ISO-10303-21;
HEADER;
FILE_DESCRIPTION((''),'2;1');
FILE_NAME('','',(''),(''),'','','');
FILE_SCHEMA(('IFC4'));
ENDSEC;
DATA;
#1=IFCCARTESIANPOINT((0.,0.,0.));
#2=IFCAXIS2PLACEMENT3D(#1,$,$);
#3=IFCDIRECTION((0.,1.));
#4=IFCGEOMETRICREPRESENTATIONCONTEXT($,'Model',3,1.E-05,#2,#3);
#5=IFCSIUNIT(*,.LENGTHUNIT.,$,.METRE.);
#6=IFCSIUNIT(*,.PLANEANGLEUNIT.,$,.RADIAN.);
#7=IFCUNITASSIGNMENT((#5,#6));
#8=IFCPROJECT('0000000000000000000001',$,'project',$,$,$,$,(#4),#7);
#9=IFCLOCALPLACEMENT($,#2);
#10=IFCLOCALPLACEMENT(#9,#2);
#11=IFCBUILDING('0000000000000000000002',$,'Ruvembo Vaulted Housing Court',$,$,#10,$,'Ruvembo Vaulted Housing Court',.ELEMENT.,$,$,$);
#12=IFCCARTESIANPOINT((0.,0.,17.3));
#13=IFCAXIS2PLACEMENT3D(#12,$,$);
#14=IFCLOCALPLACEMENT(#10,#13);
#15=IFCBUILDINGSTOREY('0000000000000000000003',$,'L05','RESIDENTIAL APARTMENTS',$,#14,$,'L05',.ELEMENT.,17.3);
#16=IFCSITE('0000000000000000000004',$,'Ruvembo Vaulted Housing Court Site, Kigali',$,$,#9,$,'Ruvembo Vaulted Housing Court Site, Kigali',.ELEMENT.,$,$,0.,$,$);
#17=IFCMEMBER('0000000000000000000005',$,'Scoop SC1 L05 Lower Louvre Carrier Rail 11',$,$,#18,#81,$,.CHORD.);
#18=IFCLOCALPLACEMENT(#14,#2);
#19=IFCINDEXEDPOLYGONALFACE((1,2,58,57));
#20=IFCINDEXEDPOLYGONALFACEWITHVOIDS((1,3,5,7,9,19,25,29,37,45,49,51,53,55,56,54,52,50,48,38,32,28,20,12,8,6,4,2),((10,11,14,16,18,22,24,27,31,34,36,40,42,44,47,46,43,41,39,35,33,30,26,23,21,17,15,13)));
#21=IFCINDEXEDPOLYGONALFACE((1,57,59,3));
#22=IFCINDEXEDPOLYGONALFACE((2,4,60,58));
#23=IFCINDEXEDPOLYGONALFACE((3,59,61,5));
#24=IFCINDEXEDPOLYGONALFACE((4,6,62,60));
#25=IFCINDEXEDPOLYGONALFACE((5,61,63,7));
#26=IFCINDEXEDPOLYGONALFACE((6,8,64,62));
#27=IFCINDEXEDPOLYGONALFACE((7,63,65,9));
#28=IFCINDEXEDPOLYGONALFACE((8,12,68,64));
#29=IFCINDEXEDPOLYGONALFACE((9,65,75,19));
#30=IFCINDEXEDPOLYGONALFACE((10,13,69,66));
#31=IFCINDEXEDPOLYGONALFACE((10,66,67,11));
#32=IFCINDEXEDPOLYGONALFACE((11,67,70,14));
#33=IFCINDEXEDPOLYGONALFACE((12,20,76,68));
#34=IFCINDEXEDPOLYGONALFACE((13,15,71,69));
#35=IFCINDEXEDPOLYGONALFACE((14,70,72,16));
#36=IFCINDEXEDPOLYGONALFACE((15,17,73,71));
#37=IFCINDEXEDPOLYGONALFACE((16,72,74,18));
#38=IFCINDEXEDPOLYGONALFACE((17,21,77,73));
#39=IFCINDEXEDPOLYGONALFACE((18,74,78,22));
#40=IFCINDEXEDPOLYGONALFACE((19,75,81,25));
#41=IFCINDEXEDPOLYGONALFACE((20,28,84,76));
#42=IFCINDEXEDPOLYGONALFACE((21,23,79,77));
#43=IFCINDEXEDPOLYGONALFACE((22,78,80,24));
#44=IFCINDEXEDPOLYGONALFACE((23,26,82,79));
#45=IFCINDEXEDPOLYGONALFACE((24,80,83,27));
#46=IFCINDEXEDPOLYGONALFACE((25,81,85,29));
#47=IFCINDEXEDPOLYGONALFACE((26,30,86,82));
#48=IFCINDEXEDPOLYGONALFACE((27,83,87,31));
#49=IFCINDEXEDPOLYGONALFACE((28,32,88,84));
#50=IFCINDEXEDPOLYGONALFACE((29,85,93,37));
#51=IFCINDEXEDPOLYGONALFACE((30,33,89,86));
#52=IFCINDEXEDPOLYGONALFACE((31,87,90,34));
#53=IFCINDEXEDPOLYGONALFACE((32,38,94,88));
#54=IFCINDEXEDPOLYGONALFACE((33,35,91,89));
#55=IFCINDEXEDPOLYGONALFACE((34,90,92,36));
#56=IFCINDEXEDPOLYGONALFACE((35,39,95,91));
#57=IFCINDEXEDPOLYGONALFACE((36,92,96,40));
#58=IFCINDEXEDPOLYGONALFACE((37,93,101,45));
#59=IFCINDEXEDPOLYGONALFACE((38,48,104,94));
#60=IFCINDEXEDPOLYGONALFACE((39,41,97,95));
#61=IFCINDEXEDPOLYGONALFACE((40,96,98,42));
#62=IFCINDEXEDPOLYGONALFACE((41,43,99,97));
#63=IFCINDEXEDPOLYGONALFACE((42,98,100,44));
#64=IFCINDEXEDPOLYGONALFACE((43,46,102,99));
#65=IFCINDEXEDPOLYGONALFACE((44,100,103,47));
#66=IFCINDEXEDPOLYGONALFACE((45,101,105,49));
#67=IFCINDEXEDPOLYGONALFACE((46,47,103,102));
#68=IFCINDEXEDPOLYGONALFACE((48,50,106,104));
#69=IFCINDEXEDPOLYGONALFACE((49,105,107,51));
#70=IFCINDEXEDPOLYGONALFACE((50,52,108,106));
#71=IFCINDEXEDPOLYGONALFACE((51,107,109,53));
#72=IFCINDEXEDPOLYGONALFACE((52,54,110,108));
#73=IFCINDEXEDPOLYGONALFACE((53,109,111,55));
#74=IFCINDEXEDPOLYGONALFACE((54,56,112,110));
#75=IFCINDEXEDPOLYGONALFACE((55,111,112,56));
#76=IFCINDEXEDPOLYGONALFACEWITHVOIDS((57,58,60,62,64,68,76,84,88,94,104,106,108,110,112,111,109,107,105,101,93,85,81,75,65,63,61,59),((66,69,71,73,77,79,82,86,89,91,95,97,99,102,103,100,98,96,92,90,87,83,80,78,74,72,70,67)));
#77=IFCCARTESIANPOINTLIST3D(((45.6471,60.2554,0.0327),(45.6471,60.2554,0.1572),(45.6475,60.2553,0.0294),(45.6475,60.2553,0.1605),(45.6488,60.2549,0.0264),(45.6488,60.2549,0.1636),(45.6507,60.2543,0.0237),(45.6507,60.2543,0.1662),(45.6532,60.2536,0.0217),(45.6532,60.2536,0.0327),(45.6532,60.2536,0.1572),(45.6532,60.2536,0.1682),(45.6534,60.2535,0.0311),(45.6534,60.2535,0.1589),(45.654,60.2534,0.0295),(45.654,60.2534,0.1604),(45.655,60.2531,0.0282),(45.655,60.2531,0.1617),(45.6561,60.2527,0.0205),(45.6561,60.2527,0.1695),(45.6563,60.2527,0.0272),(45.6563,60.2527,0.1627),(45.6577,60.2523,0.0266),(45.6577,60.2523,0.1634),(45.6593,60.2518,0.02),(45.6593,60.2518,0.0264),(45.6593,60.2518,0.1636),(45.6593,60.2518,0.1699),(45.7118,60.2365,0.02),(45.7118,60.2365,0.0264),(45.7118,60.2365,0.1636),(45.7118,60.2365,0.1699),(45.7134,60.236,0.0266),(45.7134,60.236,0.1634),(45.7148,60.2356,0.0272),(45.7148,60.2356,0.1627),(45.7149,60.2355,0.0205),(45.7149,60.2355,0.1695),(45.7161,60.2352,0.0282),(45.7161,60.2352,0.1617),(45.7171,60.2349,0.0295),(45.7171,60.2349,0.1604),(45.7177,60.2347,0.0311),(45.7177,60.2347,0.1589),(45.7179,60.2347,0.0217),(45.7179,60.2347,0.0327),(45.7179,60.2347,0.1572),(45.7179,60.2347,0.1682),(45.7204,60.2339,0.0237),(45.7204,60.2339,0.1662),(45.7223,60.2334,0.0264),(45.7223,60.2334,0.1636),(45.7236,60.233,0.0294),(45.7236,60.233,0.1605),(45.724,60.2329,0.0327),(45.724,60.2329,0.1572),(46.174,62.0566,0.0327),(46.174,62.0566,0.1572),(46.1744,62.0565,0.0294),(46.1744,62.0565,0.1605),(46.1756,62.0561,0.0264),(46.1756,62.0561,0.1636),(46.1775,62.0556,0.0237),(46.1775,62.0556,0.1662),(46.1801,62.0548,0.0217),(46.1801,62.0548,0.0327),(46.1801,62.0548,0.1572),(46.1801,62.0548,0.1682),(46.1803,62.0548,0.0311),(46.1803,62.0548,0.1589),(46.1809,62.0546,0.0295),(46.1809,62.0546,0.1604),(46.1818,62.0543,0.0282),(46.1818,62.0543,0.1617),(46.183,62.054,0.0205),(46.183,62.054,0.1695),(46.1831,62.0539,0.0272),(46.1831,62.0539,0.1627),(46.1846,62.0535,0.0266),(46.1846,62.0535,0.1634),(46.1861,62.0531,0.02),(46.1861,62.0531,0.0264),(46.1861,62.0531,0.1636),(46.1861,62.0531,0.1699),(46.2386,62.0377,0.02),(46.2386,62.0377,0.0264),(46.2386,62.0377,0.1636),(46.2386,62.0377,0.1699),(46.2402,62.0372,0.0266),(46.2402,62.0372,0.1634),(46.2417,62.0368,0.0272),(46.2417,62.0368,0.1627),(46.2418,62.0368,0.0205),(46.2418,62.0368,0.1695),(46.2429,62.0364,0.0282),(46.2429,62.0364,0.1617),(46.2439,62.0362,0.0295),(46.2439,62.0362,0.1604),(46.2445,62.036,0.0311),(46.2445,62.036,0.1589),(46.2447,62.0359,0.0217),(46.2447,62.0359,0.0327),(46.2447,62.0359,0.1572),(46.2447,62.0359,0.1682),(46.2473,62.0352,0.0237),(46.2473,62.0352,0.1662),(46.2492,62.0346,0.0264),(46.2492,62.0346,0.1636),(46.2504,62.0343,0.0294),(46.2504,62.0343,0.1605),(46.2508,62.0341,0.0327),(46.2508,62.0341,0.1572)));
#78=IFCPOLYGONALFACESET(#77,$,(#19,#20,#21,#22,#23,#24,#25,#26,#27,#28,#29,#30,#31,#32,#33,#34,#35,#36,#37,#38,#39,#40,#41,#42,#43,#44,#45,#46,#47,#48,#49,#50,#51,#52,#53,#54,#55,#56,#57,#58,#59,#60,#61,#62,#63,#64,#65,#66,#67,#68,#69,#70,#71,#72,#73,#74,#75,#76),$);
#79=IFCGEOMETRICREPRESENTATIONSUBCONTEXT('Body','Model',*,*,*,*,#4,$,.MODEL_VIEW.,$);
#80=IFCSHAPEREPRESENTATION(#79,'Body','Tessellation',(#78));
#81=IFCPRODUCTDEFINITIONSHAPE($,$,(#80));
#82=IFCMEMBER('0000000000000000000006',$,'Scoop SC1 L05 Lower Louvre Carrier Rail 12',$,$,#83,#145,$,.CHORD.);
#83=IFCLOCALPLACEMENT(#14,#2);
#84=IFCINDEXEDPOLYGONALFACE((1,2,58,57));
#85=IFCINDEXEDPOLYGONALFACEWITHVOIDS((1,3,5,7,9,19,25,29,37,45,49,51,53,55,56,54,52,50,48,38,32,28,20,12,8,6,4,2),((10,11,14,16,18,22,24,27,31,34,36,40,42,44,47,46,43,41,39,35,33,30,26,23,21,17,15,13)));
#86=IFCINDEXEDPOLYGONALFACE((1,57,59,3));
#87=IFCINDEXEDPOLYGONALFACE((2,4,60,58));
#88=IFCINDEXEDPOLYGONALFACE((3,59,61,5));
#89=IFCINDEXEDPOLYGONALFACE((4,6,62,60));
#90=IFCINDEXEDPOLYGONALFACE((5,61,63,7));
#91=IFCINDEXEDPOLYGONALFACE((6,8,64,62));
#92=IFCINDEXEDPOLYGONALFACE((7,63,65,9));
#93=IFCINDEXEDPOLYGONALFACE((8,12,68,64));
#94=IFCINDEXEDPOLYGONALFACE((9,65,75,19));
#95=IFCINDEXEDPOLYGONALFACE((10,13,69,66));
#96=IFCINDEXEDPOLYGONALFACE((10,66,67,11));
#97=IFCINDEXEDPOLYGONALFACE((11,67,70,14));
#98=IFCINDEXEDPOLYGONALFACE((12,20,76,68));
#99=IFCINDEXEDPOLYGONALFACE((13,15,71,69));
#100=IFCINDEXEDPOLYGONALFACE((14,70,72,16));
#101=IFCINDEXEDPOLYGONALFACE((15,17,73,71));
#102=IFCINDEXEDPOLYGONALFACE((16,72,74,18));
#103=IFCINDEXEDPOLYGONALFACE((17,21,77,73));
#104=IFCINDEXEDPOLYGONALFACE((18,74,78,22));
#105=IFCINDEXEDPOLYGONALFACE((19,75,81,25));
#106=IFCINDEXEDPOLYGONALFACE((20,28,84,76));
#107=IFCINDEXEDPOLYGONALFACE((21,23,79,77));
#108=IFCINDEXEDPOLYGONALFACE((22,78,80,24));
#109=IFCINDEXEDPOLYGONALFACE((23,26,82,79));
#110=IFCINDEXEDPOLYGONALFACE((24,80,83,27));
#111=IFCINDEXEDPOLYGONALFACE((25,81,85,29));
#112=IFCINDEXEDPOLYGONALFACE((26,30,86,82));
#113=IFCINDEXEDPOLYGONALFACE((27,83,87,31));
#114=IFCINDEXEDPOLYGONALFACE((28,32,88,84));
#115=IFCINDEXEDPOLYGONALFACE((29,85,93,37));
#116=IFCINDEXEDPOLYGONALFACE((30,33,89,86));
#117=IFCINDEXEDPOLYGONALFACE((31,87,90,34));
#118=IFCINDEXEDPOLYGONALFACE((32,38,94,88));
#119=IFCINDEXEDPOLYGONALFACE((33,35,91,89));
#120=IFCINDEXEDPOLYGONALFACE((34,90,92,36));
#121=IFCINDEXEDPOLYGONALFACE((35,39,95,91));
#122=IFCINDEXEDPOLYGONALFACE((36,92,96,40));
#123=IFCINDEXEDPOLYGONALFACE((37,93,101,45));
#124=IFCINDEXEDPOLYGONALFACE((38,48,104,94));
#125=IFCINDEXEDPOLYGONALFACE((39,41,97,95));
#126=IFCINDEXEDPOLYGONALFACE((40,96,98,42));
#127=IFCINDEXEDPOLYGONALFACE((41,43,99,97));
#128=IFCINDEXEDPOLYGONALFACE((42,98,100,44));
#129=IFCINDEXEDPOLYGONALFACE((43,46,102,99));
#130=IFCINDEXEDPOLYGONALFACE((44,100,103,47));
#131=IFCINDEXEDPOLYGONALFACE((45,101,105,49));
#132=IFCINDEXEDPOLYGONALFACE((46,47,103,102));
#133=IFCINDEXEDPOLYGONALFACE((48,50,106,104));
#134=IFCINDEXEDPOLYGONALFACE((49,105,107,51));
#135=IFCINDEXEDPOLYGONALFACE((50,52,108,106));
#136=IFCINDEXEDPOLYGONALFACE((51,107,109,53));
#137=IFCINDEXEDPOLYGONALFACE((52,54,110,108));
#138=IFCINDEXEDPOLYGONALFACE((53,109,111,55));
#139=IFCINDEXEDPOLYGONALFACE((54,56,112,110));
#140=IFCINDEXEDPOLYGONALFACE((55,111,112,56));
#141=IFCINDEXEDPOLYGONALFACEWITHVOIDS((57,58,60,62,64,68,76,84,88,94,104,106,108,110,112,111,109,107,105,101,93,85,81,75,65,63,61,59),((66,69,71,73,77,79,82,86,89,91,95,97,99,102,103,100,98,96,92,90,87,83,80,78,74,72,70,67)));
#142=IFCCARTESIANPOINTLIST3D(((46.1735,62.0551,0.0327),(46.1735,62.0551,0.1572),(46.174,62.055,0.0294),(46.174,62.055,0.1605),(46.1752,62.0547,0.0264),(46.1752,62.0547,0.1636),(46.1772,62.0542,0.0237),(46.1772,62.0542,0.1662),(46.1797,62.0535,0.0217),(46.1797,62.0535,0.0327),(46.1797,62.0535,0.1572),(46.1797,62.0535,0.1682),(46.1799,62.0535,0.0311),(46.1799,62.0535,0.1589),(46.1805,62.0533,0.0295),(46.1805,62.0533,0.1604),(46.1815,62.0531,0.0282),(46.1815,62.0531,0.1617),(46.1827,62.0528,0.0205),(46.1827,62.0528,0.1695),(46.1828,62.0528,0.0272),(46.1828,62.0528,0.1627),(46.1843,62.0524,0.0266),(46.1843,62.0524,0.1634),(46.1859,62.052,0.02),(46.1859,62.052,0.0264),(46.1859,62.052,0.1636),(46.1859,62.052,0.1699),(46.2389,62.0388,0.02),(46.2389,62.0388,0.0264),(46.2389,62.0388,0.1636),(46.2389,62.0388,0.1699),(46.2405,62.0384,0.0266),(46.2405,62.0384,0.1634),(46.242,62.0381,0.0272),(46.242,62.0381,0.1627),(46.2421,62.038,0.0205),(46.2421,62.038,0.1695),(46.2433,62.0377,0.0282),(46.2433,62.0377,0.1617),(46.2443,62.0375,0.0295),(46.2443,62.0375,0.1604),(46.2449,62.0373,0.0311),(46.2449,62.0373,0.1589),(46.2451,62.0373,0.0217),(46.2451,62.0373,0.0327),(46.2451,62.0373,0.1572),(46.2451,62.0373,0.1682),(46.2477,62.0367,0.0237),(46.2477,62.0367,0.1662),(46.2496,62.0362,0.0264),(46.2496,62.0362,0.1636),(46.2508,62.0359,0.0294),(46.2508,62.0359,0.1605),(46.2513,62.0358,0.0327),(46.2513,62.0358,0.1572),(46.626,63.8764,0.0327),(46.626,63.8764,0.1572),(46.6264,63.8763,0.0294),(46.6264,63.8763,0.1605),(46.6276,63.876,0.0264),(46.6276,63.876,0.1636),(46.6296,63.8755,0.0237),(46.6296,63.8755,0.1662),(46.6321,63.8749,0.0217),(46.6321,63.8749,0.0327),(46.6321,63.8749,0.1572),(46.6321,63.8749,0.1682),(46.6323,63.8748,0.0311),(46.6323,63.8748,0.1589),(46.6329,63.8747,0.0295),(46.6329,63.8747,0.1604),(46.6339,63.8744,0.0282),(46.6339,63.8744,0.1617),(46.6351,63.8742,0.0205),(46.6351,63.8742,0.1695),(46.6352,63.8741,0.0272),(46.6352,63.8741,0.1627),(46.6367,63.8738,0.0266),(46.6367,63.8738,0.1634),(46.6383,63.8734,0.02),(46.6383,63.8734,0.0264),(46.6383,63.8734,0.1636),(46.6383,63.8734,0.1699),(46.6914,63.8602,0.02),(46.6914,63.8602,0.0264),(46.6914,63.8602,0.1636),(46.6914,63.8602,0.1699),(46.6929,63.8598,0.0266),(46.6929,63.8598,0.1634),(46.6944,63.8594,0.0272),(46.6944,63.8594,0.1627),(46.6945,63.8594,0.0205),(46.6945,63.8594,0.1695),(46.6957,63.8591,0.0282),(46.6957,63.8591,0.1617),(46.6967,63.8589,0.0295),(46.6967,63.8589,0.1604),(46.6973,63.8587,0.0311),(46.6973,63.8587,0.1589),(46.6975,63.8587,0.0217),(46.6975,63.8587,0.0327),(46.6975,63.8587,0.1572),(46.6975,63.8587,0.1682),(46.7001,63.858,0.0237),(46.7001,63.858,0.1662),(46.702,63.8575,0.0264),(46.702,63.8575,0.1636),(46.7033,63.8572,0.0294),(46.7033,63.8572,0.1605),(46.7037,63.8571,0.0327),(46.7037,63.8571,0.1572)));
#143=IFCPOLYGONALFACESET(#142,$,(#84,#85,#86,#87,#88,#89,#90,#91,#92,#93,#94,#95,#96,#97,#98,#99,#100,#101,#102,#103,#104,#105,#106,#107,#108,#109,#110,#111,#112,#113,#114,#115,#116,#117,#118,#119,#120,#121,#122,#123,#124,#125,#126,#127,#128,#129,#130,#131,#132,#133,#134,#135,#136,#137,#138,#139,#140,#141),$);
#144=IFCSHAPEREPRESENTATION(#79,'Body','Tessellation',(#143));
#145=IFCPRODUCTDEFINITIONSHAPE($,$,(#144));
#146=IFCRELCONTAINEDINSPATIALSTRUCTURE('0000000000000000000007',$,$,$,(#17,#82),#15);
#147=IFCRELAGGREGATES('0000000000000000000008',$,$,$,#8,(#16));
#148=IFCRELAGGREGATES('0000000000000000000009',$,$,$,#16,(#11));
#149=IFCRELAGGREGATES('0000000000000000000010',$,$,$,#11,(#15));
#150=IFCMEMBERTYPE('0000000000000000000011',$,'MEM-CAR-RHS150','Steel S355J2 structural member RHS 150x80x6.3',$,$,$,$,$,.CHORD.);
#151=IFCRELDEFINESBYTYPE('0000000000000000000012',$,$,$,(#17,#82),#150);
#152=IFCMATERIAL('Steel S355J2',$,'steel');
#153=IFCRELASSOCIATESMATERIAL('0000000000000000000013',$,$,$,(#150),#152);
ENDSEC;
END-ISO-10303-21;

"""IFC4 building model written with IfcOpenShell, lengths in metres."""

from ifc_helpers import new_model, si_unit, direction, frame, origin, origin_2d, place, context, subcontext, project, spatial, hollow_rectangle, extrude, material, material_profile, profile_set, type_object, element, save


model = new_model("IFC4")

# Units and contexts
model_context = context("Model", 3, precision=1e-05, world=origin(), true_north=direction((0.0, 1.0)))
body_context = subcontext(model_context, "Body", "Model", "MODEL_VIEW")
ifc_project = project(units=[si_unit("LENGTHUNIT", "METRE"), si_unit("PLANEANGLEUNIT", "RADIAN")], contexts=[model_context])

# Site, building, storey
site_placement = place(None, origin())
site = spatial("IfcSite", under=ifc_project, at=site_placement, Name="Ruvembo Vaulted Housing Court Site, Kigali", LongName="Ruvembo Vaulted Housing Court Site, Kigali", CompositionType="ELEMENT", RefElevation=0.0)
building_placement = place(site_placement, origin())
building = spatial("IfcBuilding", under=site, at=building_placement, Name="Ruvembo Vaulted Housing Court", LongName="Ruvembo Vaulted Housing Court", CompositionType="ELEMENT")
storey_placement = place(building_placement, frame((0.0, 0.0, 17.3)))
storey = spatial("IfcBuildingStorey", under=building, at=storey_placement, Name="L05", Description="RESIDENTIAL APARTMENTS", LongName="L05", CompositionType="ELEMENT", Elevation=17.3)

# Shared definitions
ifc_material_1 = material(Name="Steel S355J2", Category="steel")

# Members
ifc_material_profile_1 = material_profile(ifc_material_1, hollow_rectangle(XDim=0.0801, YDim=0.1499, WallThickness=0.0063, InnerFilletRadius=0.0063, OuterFilletRadius=0.0127, at=origin_2d()), Name="RHS 150x80x6.3")
ifc_profile_set_1 = profile_set([ifc_material_profile_1], Name="Steel S355J2")
member_type_1 = type_object("IfcMemberType", Name="MEM-CAR-RHS150", Description="Steel S355J2 structural member RHS 150x80x6.3", PredefinedType="CHORD", material=ifc_profile_set_1)
for number, where, z_axis, x_axis, name in (
    (1, (45.6855, 60.2441, 0.095), (0.280729, 0.959787, 0.0), (-0.959787, 0.280729, 0.0), "Scoop SC1 L05 Lower Louvre Carrier Rail 11"),
    (2, (46.2124, 62.0454, 0.095), (0.241066, 0.970509, 0.0), (-0.970509, 0.241066, 0.0), "Scoop SC1 L05 Lower Louvre Carrier Rail 12"),
):
    element("IfcMember", number, at=place(storey_placement, frame(where, z_axis=z_axis, x_axis=x_axis)), inside=storey, type_object=member_type_1, Name=name, PredefinedType="CHORD", context=body_context, shape_type="SweptSolid", body=[
        extrude(hollow_rectangle(XDim=0.0801, YDim=0.1499, WallThickness=0.0063, InnerFilletRadius=0.0063, OuterFilletRadius=0.0127, at=origin_2d()), origin(), (0.0, 0.0, 1.0), 1.8767),
    ])

save(model, "model.ifc")
